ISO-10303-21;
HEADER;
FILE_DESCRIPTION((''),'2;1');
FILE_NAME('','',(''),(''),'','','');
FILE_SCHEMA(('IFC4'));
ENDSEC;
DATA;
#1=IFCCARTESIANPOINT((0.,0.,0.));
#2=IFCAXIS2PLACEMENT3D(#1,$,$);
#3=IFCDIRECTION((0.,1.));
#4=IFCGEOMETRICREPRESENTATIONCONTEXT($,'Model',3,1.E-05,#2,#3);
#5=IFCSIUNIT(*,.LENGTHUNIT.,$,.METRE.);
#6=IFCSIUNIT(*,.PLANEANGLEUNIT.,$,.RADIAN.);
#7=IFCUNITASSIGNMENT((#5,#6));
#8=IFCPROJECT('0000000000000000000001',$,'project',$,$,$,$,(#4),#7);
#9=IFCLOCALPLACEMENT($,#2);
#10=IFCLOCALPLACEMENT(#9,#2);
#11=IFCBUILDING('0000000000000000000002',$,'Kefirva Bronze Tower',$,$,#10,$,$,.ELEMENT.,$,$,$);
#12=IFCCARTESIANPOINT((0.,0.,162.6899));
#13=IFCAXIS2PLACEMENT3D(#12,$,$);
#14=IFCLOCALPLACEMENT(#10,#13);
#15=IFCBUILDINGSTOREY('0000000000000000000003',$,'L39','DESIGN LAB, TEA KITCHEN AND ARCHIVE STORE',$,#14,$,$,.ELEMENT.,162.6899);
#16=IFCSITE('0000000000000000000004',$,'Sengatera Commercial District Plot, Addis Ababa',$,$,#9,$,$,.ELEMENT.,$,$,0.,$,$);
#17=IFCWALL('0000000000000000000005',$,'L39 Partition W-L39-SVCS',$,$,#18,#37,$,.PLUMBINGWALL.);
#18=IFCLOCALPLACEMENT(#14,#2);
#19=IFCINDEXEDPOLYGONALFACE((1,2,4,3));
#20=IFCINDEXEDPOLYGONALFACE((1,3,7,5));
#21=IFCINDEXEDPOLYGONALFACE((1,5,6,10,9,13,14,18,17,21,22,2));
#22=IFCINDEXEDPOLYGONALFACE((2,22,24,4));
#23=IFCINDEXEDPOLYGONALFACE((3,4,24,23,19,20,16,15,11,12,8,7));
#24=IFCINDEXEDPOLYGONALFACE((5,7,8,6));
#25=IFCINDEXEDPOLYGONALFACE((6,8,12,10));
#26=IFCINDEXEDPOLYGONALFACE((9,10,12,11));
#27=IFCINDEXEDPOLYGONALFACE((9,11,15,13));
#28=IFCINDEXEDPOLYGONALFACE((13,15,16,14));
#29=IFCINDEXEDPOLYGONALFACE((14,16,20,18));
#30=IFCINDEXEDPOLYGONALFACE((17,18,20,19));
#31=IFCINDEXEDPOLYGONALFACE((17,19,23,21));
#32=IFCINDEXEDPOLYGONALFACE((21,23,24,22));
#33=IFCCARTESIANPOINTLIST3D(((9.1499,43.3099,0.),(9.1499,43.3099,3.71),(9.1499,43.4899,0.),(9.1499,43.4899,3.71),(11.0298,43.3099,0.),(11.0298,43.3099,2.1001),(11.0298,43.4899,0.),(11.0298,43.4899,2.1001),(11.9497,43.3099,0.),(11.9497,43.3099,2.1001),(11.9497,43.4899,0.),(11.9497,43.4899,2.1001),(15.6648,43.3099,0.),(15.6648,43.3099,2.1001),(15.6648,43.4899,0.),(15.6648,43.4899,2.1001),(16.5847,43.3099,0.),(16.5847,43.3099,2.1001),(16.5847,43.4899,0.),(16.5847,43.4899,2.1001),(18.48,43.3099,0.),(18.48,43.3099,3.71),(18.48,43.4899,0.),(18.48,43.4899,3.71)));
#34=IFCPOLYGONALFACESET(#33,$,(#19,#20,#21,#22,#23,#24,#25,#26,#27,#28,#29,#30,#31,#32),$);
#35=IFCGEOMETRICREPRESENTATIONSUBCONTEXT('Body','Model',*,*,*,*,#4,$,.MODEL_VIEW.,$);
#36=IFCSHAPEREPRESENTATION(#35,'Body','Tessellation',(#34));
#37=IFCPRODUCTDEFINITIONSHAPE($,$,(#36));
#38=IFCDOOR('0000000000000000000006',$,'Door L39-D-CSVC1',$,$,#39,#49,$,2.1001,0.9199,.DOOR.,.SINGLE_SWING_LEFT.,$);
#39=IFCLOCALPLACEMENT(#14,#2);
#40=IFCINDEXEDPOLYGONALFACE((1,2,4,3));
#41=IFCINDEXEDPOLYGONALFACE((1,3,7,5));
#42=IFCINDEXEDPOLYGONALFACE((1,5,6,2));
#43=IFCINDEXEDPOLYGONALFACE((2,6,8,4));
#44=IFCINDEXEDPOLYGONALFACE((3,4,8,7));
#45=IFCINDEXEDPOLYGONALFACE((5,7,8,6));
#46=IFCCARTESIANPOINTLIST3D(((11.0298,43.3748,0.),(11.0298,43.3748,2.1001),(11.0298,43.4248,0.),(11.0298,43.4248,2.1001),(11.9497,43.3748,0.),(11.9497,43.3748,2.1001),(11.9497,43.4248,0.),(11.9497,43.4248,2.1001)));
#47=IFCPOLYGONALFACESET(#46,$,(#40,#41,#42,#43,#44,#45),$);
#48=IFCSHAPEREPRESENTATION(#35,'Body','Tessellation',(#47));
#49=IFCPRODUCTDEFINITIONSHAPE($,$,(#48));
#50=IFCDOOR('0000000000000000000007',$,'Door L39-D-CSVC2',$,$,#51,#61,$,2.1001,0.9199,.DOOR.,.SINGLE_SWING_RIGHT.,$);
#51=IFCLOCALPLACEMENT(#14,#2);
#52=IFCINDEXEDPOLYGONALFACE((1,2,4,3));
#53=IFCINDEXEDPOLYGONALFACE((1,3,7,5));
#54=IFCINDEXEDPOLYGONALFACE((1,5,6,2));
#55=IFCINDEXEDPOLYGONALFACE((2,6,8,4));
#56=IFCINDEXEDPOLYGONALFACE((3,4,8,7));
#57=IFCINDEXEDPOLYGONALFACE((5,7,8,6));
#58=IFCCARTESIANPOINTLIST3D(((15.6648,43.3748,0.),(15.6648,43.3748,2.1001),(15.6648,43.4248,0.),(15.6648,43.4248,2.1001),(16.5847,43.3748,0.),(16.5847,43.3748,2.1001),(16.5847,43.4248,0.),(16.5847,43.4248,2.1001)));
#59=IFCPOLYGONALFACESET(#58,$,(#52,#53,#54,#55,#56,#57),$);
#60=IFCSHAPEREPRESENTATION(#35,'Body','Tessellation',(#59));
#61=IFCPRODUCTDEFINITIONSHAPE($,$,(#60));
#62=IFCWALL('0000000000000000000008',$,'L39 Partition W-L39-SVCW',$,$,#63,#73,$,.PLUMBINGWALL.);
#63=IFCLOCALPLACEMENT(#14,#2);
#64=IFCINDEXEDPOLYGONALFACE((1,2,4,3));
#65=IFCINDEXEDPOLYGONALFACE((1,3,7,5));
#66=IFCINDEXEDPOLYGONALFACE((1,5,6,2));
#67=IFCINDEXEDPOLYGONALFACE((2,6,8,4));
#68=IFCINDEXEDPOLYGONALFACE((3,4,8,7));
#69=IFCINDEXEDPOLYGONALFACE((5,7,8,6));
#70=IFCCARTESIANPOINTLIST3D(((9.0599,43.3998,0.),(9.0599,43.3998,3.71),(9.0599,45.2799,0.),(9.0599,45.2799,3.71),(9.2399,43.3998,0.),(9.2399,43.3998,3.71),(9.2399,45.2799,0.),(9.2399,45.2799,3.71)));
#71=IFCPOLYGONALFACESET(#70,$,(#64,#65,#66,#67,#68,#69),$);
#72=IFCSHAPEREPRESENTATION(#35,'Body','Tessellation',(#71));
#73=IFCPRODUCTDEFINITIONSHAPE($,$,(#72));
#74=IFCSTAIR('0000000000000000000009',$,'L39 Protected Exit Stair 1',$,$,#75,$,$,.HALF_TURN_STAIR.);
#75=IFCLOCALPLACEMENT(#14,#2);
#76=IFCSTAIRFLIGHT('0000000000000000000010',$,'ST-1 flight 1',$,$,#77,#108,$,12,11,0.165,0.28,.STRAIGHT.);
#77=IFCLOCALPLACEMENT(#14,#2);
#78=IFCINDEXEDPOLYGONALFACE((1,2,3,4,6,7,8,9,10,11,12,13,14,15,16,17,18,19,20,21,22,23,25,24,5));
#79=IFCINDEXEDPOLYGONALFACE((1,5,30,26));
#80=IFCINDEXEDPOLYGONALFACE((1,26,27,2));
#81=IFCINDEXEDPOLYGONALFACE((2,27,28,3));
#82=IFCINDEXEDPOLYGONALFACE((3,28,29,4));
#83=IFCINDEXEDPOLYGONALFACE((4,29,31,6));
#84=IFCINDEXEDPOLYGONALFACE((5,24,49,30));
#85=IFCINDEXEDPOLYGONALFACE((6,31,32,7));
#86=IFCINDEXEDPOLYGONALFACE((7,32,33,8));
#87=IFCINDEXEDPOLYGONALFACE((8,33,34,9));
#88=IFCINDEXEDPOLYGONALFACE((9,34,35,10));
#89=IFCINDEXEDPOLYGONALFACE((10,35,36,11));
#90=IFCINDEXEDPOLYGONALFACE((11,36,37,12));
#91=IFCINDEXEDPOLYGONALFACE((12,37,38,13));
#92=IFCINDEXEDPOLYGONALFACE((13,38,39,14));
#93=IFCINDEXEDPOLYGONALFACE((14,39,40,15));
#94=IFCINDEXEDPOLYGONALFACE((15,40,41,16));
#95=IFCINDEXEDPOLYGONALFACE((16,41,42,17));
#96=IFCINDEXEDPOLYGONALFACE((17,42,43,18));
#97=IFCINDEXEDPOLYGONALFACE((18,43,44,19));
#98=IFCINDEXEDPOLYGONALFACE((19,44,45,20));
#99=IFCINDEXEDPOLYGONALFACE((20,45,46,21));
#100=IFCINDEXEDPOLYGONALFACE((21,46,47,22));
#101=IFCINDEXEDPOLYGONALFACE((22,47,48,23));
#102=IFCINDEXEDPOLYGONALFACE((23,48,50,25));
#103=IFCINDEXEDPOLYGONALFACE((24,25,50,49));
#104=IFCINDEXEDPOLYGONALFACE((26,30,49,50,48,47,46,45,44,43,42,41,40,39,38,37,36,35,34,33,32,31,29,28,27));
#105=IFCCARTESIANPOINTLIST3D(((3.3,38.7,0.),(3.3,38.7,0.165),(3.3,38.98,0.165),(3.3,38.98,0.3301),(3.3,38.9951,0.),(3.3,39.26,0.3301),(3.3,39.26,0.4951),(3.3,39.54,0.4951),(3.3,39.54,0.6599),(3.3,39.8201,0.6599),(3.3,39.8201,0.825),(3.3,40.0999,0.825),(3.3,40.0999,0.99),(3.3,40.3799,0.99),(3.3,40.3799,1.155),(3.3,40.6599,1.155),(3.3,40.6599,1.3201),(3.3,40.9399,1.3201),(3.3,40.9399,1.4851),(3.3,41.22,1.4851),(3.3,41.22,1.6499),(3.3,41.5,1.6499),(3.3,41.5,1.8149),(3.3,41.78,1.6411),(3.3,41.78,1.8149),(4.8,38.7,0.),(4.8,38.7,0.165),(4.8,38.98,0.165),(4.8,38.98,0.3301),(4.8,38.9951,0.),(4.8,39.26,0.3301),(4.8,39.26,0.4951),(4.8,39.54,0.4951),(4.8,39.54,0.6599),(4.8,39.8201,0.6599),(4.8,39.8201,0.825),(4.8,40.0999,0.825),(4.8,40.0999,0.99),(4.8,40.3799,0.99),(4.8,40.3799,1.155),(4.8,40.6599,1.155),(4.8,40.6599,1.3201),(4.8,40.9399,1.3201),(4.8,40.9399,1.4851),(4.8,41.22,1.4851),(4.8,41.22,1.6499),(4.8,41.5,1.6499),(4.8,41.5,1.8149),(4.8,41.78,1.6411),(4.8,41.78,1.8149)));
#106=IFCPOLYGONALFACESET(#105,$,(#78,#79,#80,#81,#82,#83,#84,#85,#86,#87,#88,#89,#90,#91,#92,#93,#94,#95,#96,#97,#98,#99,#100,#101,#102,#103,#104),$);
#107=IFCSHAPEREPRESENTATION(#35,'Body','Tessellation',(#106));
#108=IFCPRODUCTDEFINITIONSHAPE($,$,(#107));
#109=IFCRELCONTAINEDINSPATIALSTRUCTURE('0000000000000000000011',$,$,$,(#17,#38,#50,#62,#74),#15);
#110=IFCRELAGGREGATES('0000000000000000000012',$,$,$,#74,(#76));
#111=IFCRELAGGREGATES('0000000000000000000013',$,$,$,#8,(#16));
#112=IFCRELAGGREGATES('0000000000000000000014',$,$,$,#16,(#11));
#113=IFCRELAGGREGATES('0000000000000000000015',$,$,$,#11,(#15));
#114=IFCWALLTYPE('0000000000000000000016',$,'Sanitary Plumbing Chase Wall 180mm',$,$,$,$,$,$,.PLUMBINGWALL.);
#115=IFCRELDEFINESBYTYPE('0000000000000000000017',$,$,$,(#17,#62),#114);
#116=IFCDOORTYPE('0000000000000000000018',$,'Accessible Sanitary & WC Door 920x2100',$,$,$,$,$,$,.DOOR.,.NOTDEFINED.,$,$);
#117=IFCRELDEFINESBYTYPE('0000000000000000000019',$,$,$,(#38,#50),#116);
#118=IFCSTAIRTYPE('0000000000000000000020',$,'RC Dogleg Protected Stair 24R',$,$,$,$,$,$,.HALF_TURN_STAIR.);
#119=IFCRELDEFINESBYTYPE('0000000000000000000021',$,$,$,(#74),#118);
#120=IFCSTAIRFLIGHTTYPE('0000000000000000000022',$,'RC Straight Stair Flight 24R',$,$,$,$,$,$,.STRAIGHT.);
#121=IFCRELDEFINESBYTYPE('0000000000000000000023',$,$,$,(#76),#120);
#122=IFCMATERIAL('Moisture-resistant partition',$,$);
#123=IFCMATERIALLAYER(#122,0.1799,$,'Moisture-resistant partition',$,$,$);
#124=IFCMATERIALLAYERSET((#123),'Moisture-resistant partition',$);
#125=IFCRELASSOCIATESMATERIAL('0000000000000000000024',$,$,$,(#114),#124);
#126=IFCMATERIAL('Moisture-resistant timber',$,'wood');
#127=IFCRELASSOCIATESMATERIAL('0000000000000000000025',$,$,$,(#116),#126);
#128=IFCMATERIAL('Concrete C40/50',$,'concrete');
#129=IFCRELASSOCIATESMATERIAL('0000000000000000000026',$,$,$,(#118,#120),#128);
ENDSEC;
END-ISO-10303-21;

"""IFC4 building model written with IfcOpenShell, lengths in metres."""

from ifc_helpers import new_model, si_unit, direction, frame, frame_2d, origin, place, context, subcontext, project, spatial, polyline, rectangle, outline, extrude, material, layer, layer_set, type_object, element, fill, aggregate, save


model = new_model("IFC4")

# Units and contexts
model_context = context("Model", 3, precision=1e-05, world=origin(), true_north=direction((0.0, 1.0)))
body_context = subcontext(model_context, "Body", "Model", "MODEL_VIEW")
ifc_project = project(units=[si_unit("LENGTHUNIT", "METRE"), si_unit("PLANEANGLEUNIT", "RADIAN")], contexts=[model_context])

# Site, building, storey
site_placement = place(None, origin())
site = spatial("IfcSite", under=ifc_project, at=site_placement, Name="Sengatera Commercial District Plot, Addis Ababa", CompositionType="ELEMENT", RefElevation=0.0)
building_placement = place(site_placement, origin())
building = spatial("IfcBuilding", under=site, at=building_placement, Name="Kefirva Bronze Tower", CompositionType="ELEMENT")
storey_placement = place(building_placement, frame((0.0, 0.0, 162.6899)))
storey = spatial("IfcBuildingStorey", under=building, at=storey_placement, Name="L39", Description="DESIGN LAB, TEA KITCHEN AND ARCHIVE STORE", CompositionType="ELEMENT", Elevation=162.6899)

# Wall, openings, doors
ifc_material_1 = material(Name="Moisture-resistant partition")
ifc_layer_1 = layer(ifc_material_1, 0.1799, Name="Moisture-resistant partition")
ifc_layer_set_1 = layer_set([ifc_layer_1], Name="Moisture-resistant partition")
wall_type_1 = type_object("IfcWallType", Name="Sanitary Plumbing Chase Wall 180mm", PredefinedType="PLUMBINGWALL", material=ifc_layer_set_1)
wall_1_placement = place(storey_placement, frame((9.1499, 43.3999, 0.0), z_axis=(0.0, 0.0, 1.0), x_axis=(1.0, 0.0, 0.0)))
wall_1 = element("IfcWall", 1, at=wall_1_placement, inside=storey, type_object=wall_type_1, Name="L39 Partition W-L39-SVCS", PredefinedType="PLUMBINGWALL", context=body_context, shape_type="SweptSolid", body=[
    extrude(rectangle(XDim=9.3301, YDim=0.1799, at=frame_2d((4.665, 0.0))), origin(), (0.0, 0.0, 1.0), 3.71),
])
opening_1_placement = place(wall_1_placement, frame((1.8799, 0.0, 0.0)))
opening_1 = element("IfcOpeningElement", 2, at=opening_1_placement, cuts=wall_1, PredefinedType="OPENING", context=body_context, shape_type="SweptSolid", body=[
    extrude(rectangle(XDim=0.9199, YDim=2.1001, at=frame_2d((0.46, 1.05))), frame((0.0, 0.1001, 0.0), z_axis=(0.0, -1.0, 0.0), x_axis=(1.0, 0.0, 0.0)), (0.0, 0.0, 1.0), 0.2),
])
opening_2_placement = place(wall_1_placement, frame((6.5149, 0.0, 0.0)))
opening_2 = element("IfcOpeningElement", 3, at=opening_2_placement, cuts=wall_1, PredefinedType="OPENING", context=body_context, shape_type="SweptSolid", body=[
    extrude(rectangle(XDim=0.9199, YDim=2.1001, at=frame_2d((0.46, 1.05))), frame((0.0, 0.1001, 0.0), z_axis=(0.0, -1.0, 0.0), x_axis=(1.0, 0.0, 0.0)), (0.0, 0.0, 1.0), 0.2),
])
ifc_material_2 = material(Name="Moisture-resistant timber", Category="wood")
door_type_1 = type_object("IfcDoorType", Name="Accessible Sanitary & WC Door 920x2100", OperationType="NOTDEFINED", PredefinedType="DOOR", material=ifc_material_2)
door_1_placement = place(opening_1_placement, origin())
door_1 = element("IfcDoor", 4, at=door_1_placement, inside=storey, type_object=door_type_1, Name="Door L39-D-CSVC1", OperationType="SINGLE_SWING_LEFT", OverallHeight=2.1001, OverallWidth=0.9199, PredefinedType="DOOR", context=body_context, shape_type="SweptSolid", body=[
    extrude(rectangle(XDim=0.9199, YDim=2.1001, at=frame_2d((0.46, 1.05))), frame((0.0, 0.0249, 0.0), z_axis=(0.0, -1.0, 0.0), x_axis=(1.0, 0.0, 0.0)), (0.0, 0.0, 1.0), 0.05),
])
fill(opening_1, door_1)
door_2_placement = place(opening_2_placement, origin())
door_2 = element("IfcDoor", 5, at=door_2_placement, inside=storey, type_object=door_type_1, Name="Door L39-D-CSVC2", OperationType="SINGLE_SWING_RIGHT", OverallHeight=2.1001, OverallWidth=0.9199, PredefinedType="DOOR", context=body_context, shape_type="SweptSolid", body=[
    extrude(rectangle(XDim=0.9199, YDim=2.1001, at=frame_2d((0.46, 1.05))), frame((0.0, 0.0249, 0.0), z_axis=(0.0, -1.0, 0.0), x_axis=(1.0, 0.0, 0.0)), (0.0, 0.0, 1.0), 0.05),
])
fill(opening_2, door_2)

# Wall
wall_2_placement = place(storey_placement, frame((9.1499, 43.3999, 0.0), z_axis=(0.0, 0.0, 1.0), x_axis=(0.0, 1.0, 0.0)))
element("IfcWall", 6, at=wall_2_placement, inside=storey, type_object=wall_type_1, Name="L39 Partition W-L39-SVCW", PredefinedType="PLUMBINGWALL", context=body_context, shape_type="SweptSolid", body=[
    extrude(rectangle(XDim=1.8801, YDim=0.1799, at=frame_2d((0.9399, 0.0))), origin(), (0.0, 0.0, 1.0), 3.71),
])

# Stair, stair flight
ifc_material_3 = material(Name="Concrete C40/50", Category="concrete")
stair_type = type_object("IfcStairType", Name="RC Dogleg Protected Stair 24R", PredefinedType="HALF_TURN_STAIR", material=ifc_material_3)
stair_placement = place(storey_placement, origin())
stair = element("IfcStair", 7, at=stair_placement, inside=storey, type_object=stair_type, Name="L39 Protected Exit Stair 1", PredefinedType="HALF_TURN_STAIR")
stair_flight_type = type_object("IfcStairFlightType", Name="RC Straight Stair Flight 24R", PredefinedType="STRAIGHT", material=ifc_material_3)
stair_flight_placement = place(storey_placement, frame((4.05, 38.7, 0.0), z_axis=(0.0, 0.0, 1.0), x_axis=(0.0, 1.0, 0.0)))
stair_flight = element("IfcStairFlight", 8, at=stair_flight_placement, type_object=stair_flight_type, Name="ST-1 flight 1", NumberOfRisers=12, NumberOfTreads=11, PredefinedType="STRAIGHT", RiserHeight=0.165, TreadLength=0.28, context=body_context, shape_type="SweptSolid", body=[
    extrude(outline(polyline([(0.0, 0.0), (0.0, 0.165), (0.28, 0.165), (0.28, 0.3301), (0.5601, 0.3301), (0.5601, 0.4951), (0.8401, 0.4951), (0.8401, 0.6599), (1.1201, 0.6599), (1.1201, 0.825), (1.3999, 0.825), (1.3999, 0.99), (1.6799, 0.99), (1.6799, 1.155), (1.96, 1.155), (1.96, 1.3201), (2.24, 1.3201), (2.24, 1.4851), (2.52, 1.4851), (2.52, 1.6499), (2.8, 1.6499), (2.8, 1.8149), (3.0801, 1.8149), (3.0801, 1.98), (3.0801, 1.6411), (0.2952, 0.0), (0.0, 0.0)])), frame((0.0, 0.75, 0.0), z_axis=(0.0, -1.0, 0.0), x_axis=(1.0, 0.0, 0.0)), (0.0, 0.0, 1.0), 1.5),
])
aggregate(stair, [stair_flight])

save(model, "model.ifc")
